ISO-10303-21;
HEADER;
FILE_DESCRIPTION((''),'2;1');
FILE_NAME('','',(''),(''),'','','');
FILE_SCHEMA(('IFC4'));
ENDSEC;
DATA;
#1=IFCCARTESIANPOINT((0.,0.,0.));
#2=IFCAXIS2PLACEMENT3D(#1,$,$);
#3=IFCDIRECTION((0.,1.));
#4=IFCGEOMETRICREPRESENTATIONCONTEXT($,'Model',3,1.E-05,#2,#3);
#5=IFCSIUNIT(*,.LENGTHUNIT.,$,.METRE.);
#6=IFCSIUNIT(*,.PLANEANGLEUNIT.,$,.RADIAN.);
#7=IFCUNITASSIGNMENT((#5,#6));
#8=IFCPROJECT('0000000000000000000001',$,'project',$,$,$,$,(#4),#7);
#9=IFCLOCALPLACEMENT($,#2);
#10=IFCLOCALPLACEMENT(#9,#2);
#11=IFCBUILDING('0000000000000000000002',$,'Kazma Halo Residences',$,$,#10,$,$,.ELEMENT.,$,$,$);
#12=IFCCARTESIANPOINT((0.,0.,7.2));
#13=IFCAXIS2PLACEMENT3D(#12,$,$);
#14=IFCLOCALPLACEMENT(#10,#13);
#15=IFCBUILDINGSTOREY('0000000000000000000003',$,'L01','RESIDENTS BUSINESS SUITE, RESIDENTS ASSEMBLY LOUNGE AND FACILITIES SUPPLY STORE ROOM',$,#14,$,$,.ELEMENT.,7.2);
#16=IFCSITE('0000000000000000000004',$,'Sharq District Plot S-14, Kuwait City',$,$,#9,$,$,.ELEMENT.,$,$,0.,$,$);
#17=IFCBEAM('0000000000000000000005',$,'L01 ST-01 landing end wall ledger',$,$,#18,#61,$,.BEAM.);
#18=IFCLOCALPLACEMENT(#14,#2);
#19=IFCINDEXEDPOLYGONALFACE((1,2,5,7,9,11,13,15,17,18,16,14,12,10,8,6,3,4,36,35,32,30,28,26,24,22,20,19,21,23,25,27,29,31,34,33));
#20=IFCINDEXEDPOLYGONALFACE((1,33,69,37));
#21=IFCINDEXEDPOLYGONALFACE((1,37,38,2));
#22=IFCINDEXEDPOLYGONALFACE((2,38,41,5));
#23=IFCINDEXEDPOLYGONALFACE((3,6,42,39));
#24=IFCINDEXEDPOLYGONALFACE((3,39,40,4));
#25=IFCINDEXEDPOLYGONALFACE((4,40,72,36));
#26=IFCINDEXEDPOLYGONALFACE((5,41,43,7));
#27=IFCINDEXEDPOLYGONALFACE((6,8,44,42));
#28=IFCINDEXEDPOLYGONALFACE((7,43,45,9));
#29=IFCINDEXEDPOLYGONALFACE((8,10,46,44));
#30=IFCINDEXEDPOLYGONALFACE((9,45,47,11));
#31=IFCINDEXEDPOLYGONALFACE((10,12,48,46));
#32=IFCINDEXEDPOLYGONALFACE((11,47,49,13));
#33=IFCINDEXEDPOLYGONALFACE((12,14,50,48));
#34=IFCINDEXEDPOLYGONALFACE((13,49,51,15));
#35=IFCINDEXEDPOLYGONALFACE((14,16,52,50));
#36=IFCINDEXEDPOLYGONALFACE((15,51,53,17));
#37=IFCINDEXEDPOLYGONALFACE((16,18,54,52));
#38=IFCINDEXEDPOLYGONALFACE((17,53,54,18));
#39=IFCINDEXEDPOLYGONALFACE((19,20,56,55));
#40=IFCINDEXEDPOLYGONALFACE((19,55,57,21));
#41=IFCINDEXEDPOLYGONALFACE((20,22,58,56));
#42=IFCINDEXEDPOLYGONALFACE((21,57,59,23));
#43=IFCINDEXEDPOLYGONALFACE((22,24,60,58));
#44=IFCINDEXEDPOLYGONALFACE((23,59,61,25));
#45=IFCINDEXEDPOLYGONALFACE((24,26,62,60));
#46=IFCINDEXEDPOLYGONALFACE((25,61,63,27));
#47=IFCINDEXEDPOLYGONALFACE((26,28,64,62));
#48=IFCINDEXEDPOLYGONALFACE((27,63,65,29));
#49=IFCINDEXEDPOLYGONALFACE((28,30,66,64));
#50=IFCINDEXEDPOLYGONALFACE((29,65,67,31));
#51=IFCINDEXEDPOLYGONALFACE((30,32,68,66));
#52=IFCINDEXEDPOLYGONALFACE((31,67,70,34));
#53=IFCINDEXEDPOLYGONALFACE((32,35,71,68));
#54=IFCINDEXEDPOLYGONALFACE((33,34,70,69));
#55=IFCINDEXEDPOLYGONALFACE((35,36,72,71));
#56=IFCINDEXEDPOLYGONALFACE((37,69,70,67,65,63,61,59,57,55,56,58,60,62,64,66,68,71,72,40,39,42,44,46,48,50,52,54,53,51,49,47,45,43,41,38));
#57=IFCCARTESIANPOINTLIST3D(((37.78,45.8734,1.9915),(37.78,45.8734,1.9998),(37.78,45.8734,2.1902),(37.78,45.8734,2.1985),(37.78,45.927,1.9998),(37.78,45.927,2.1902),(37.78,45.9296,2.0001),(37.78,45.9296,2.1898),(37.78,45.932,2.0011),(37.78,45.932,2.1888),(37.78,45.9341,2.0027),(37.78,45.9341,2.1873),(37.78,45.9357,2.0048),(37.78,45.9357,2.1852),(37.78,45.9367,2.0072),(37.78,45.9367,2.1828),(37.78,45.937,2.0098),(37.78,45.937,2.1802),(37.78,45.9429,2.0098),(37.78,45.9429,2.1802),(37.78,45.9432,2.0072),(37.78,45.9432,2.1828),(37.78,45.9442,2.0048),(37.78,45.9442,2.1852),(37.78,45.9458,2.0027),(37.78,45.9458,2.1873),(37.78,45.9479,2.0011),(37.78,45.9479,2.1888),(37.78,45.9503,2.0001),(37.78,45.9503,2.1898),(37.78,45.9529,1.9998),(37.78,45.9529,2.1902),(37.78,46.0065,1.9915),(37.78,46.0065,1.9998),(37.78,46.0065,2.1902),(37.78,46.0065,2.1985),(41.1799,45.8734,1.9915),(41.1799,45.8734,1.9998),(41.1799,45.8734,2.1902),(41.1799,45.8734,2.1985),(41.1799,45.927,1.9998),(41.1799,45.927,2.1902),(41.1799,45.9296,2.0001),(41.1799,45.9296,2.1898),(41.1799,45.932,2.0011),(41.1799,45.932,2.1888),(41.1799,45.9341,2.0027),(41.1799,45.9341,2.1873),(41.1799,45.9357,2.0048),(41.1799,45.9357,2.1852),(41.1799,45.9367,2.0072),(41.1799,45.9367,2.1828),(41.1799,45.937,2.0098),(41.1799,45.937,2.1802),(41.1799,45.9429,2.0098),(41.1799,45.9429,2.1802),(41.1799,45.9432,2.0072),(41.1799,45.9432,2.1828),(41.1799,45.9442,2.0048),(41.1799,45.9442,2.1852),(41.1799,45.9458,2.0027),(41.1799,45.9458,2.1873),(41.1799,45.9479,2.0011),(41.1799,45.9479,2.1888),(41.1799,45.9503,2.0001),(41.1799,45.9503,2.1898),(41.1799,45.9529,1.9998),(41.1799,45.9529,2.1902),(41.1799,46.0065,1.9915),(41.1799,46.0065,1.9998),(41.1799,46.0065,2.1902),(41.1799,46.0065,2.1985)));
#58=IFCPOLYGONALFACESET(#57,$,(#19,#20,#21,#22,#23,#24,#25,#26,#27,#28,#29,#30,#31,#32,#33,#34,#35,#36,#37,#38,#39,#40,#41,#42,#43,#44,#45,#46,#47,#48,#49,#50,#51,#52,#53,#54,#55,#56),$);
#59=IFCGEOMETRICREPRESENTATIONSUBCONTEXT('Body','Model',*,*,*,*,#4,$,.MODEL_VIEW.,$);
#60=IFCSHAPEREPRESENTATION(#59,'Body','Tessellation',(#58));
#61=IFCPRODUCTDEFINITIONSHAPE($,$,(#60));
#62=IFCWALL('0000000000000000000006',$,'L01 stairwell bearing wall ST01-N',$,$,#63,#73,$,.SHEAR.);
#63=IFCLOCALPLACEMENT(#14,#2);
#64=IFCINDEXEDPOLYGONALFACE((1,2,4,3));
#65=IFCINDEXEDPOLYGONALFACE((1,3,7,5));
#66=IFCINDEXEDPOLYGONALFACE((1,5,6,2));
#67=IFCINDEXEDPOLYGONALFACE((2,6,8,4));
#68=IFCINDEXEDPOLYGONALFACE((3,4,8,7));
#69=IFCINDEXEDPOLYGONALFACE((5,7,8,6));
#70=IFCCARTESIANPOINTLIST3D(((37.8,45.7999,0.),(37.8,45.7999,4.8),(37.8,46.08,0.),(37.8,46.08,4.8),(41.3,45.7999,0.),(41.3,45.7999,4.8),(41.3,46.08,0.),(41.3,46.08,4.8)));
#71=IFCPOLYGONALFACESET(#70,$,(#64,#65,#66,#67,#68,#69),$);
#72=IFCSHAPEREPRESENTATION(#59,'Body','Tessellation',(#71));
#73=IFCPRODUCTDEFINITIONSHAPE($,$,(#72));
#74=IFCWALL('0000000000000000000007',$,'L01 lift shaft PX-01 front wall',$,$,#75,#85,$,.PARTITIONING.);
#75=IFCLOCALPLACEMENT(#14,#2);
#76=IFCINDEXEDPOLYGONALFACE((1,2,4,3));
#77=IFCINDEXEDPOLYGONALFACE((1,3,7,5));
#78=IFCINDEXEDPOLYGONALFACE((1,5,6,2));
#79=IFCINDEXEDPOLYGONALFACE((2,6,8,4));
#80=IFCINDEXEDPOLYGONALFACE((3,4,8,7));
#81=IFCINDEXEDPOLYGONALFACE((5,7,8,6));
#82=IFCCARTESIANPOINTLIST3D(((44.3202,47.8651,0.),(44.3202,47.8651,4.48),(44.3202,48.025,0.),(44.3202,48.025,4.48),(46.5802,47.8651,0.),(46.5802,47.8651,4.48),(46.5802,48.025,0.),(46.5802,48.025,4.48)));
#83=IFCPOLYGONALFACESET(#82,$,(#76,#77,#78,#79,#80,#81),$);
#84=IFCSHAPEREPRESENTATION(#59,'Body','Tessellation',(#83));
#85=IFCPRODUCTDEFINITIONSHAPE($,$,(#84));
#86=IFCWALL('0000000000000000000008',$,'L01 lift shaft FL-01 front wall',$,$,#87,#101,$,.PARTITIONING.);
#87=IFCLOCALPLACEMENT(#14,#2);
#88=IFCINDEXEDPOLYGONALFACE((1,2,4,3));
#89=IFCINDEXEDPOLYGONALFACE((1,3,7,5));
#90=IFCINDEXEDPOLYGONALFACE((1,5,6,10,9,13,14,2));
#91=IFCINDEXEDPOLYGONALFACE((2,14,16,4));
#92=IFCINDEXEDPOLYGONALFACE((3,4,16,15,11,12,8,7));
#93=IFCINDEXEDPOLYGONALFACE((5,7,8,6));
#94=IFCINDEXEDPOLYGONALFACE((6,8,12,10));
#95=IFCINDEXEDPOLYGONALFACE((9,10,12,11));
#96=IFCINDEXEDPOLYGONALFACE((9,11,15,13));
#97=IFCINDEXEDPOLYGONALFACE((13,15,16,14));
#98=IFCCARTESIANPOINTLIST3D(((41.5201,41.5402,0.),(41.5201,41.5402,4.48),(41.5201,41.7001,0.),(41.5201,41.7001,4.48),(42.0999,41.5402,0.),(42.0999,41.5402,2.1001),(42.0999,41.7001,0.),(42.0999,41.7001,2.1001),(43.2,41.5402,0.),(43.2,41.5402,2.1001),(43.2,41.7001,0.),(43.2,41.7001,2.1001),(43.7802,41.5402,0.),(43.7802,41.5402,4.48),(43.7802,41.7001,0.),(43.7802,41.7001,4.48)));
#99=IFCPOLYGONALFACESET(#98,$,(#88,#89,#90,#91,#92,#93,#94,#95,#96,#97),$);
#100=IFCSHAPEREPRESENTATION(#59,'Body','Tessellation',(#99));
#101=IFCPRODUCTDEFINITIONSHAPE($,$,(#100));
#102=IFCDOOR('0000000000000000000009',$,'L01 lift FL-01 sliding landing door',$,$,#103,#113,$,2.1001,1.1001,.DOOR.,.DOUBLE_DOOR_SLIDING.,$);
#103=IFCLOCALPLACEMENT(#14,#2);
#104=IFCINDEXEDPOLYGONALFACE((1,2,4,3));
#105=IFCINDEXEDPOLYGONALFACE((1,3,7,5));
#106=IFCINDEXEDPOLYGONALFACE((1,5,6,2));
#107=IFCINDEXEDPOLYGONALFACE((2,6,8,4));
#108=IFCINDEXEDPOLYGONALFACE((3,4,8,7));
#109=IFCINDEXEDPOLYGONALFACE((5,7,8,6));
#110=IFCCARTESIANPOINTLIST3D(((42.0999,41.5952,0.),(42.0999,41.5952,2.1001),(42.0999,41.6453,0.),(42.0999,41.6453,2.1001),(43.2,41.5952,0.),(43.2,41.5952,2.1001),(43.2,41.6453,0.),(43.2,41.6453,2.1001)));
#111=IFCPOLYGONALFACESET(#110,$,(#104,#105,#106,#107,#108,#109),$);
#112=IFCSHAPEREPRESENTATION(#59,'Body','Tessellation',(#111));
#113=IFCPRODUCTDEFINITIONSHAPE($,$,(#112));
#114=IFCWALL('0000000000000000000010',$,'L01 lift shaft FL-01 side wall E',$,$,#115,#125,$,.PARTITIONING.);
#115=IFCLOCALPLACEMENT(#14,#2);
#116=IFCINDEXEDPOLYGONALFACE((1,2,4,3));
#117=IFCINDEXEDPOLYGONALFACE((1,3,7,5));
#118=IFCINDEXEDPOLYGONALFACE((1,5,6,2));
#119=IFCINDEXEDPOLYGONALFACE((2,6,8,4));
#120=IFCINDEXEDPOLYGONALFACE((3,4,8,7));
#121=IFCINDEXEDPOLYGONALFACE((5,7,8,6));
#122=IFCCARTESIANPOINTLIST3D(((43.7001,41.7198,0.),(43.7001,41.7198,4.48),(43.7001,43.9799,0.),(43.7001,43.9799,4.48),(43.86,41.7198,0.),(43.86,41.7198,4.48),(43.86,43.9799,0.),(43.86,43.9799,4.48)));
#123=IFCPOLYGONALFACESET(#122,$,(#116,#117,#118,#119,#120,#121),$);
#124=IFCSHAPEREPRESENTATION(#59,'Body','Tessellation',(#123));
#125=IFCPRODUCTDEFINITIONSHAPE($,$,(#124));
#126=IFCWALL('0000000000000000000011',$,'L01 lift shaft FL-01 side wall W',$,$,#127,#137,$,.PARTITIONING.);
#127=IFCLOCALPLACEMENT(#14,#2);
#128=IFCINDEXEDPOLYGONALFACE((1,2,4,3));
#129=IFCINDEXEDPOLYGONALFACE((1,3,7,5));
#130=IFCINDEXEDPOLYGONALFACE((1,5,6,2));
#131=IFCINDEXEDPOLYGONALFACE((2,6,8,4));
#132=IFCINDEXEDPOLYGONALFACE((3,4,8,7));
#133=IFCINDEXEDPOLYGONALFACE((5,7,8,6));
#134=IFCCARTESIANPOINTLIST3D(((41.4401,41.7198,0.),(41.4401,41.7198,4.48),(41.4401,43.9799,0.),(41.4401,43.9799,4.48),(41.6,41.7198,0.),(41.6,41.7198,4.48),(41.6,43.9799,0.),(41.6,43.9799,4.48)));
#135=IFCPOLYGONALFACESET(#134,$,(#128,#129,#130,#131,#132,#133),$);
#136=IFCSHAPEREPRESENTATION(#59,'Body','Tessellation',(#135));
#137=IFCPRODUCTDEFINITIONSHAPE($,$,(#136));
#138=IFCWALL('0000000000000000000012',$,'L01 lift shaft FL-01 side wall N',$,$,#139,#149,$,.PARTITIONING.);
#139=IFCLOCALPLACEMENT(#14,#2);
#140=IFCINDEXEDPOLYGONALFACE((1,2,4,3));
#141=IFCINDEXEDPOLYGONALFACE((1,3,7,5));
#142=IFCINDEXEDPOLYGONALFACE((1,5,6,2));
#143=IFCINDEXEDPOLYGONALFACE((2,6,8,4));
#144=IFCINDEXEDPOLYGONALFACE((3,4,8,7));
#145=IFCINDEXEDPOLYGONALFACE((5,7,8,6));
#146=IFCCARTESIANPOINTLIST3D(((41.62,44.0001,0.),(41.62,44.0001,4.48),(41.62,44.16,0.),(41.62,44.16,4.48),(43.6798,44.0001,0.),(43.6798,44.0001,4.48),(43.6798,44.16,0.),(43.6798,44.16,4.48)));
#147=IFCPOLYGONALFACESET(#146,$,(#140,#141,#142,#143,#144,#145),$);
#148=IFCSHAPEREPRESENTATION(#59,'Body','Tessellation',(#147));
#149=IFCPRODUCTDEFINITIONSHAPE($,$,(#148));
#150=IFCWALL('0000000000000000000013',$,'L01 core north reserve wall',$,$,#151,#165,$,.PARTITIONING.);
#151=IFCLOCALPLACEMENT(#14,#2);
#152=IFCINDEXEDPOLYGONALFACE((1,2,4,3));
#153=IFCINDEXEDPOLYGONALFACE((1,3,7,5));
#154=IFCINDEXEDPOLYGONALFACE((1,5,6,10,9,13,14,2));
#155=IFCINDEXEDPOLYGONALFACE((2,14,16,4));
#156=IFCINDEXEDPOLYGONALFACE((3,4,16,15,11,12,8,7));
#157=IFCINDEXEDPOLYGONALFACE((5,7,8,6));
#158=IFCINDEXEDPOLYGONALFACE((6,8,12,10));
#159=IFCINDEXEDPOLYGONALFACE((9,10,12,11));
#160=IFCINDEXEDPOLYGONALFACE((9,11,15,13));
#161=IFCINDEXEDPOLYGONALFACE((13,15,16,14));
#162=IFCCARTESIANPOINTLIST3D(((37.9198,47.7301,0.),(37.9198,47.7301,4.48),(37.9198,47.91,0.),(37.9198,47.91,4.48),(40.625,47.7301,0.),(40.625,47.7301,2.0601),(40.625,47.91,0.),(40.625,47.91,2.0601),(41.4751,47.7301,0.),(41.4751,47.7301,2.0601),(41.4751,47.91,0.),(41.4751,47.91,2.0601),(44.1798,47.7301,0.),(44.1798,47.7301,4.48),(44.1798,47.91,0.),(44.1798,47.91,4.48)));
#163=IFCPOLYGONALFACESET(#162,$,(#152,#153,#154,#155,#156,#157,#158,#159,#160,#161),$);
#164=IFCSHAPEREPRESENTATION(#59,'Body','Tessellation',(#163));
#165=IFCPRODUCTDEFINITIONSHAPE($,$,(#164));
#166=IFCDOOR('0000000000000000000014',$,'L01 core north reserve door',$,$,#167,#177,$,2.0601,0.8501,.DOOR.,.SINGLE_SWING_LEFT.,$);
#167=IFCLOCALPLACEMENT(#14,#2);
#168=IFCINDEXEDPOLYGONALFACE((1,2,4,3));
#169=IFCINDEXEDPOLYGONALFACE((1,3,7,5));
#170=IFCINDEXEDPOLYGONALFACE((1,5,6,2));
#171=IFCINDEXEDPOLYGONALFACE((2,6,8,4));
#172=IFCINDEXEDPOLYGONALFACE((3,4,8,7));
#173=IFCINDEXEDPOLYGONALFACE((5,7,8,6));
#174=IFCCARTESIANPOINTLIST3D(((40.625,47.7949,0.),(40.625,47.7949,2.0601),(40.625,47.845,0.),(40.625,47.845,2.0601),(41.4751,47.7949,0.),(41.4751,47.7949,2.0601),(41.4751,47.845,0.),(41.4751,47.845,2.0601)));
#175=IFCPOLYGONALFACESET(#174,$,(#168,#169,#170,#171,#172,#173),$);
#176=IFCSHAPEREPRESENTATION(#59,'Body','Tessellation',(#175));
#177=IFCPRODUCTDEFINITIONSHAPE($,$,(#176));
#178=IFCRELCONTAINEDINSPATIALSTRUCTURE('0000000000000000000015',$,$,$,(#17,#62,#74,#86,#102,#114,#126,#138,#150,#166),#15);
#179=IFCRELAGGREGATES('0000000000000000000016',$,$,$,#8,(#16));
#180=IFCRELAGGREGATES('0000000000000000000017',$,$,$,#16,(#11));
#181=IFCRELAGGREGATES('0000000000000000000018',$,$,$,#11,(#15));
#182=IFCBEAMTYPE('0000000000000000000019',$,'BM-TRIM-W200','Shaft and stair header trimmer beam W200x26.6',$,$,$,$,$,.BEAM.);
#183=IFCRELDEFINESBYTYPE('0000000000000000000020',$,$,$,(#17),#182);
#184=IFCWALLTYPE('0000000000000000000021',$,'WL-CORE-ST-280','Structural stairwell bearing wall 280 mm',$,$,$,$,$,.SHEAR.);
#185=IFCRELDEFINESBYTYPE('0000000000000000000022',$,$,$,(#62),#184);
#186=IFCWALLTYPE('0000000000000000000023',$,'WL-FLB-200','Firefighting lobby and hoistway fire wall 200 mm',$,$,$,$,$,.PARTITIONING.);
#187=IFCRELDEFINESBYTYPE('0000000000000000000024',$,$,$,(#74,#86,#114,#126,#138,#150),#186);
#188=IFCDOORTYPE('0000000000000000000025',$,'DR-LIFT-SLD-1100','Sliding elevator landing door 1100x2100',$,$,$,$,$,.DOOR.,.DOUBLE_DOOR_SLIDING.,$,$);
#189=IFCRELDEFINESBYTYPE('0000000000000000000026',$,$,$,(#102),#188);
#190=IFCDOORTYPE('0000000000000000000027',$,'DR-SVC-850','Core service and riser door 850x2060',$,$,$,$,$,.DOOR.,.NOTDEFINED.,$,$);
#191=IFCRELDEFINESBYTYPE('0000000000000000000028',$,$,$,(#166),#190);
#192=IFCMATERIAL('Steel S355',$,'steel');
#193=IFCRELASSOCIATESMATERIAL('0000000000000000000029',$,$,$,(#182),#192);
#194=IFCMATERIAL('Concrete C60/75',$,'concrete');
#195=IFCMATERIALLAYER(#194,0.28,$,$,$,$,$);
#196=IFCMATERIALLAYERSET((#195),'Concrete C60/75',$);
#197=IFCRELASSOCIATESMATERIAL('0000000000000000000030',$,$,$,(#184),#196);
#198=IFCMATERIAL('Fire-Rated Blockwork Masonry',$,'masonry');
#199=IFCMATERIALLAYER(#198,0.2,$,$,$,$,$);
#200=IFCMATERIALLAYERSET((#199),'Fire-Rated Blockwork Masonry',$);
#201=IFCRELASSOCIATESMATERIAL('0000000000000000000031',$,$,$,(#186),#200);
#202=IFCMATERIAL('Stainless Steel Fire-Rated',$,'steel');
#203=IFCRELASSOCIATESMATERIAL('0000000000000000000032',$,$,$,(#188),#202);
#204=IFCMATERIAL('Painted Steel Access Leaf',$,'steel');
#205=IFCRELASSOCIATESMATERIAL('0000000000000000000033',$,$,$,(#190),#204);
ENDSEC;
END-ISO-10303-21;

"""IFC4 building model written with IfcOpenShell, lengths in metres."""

from ifc_helpers import new_model, si_unit, direction, frame, frame_2d, origin, origin_2d, place, context, subcontext, project, spatial, rectangle, i_section, extrude, material, layer, layer_set, material_profile, profile_set, type_object, element, fill, save


model = new_model("IFC4")

# Units and contexts
model_context = context("Model", 3, precision=1e-05, world=origin(), true_north=direction((0.0, 1.0)))
body_context = subcontext(model_context, "Body", "Model", "MODEL_VIEW")
ifc_project = project(units=[si_unit("LENGTHUNIT", "METRE"), si_unit("PLANEANGLEUNIT", "RADIAN")], contexts=[model_context])

# Site, building, storey
site_placement = place(None, origin())
site = spatial("IfcSite", under=ifc_project, at=site_placement, Name="Sharq District Plot S-14, Kuwait City", CompositionType="ELEMENT", RefElevation=0.0)
building_placement = place(site_placement, origin())
building = spatial("IfcBuilding", under=site, at=building_placement, Name="Kazma Halo Residences", CompositionType="ELEMENT")
storey_placement = place(building_placement, frame((0.0, 0.0, 7.2)))
storey = spatial("IfcBuildingStorey", under=building, at=storey_placement, Name="L01", Description="RESIDENTS BUSINESS SUITE, RESIDENTS ASSEMBLY LOUNGE AND FACILITIES SUPPLY STORE ROOM", CompositionType="ELEMENT", Elevation=7.2)

# Shared definitions
ifc_material_1 = material(Name="Steel S355", Category="steel")

# Beam
ifc_material_profile_1 = material_profile(ifc_material_1, i_section(OverallWidth=0.1331, OverallDepth=0.207, WebThickness=0.0059, FlangeThickness=0.0083, FilletRadius=0.01, at=origin_2d()), Name="W200x26.6")
ifc_profile_set_1 = profile_set([ifc_material_profile_1], Name="Steel S355")
beam_type_1 = type_object("IfcBeamType", Name="BM-TRIM-W200", Description="Shaft and stair header trimmer beam W200x26.6", PredefinedType="BEAM", material=ifc_profile_set_1)
beam_1_placement = place(storey_placement, frame((37.78, 45.9399, 2.095), z_axis=(1.0, 0.0, 0.0), x_axis=(0.0, 1.0, 0.0)))
element("IfcBeam", 1, at=beam_1_placement, inside=storey, type_object=beam_type_1, Name="L01 ST-01 landing end wall ledger", PredefinedType="BEAM", context=body_context, shape_type="SweptSolid", body=[
    extrude(i_section(OverallWidth=0.1331, OverallDepth=0.207, WebThickness=0.0059, FlangeThickness=0.0083, FilletRadius=0.01, at=origin_2d()), origin(), (0.0, 0.0, 1.0), 3.3999),
])

# Walls
ifc_material_2 = material(Name="Concrete C60/75", Category="concrete")
ifc_layer_1 = layer(ifc_material_2, 0.28)
ifc_layer_set_1 = layer_set([ifc_layer_1], Name="Concrete C60/75")
wall_type_1 = type_object("IfcWallType", Name="WL-CORE-ST-280", Description="Structural stairwell bearing wall 280 mm", PredefinedType="SHEAR", material=ifc_layer_set_1)
wall_1_placement = place(storey_placement, frame((37.8, 45.9399, 0.0), z_axis=(0.0, 0.0, 1.0), x_axis=(1.0, 0.0, 0.0)))
element("IfcWall", 2, at=wall_1_placement, inside=storey, type_object=wall_type_1, Name="L01 stairwell bearing wall ST01-N", PredefinedType="SHEAR", context=body_context, shape_type="SweptSolid", body=[
    extrude(rectangle(XDim=3.5, YDim=0.28, at=frame_2d((1.75, 0.0))), origin(), (0.0, 0.0, 1.0), 4.8),
])
ifc_material_3 = material(Name="Fire-Rated Blockwork Masonry", Category="masonry")
ifc_layer_2 = layer(ifc_material_3, 0.2)
ifc_layer_set_2 = layer_set([ifc_layer_2], Name="Fire-Rated Blockwork Masonry")
wall_type_2 = type_object("IfcWallType", Name="WL-FLB-200", Description="Firefighting lobby and hoistway fire wall 200 mm", PredefinedType="PARTITIONING", material=ifc_layer_set_2)
wall_2_placement = place(storey_placement, frame((46.5801, 47.9451, 0.0), z_axis=(0.0, 0.0, 1.0), x_axis=(-1.0, 0.0, 0.0)))
element("IfcWall", 3, at=wall_2_placement, inside=storey, type_object=wall_type_2, Name="L01 lift shaft PX-01 front wall", PredefinedType="PARTITIONING", context=body_context, shape_type="SweptSolid", body=[
    extrude(rectangle(XDim=2.26, YDim=0.1599, at=frame_2d((1.1299, 0.0))), origin(), (0.0, 0.0, 1.0), 4.48),
])

# Wall, opening, door
wall_3_placement = place(storey_placement, frame((43.78, 41.6201, 0.0), z_axis=(0.0, 0.0, 1.0), x_axis=(-1.0, 0.0, 0.0)))
wall_3 = element("IfcWall", 4, at=wall_3_placement, inside=storey, type_object=wall_type_2, Name="L01 lift shaft FL-01 front wall", PredefinedType="PARTITIONING", context=body_context, shape_type="SweptSolid", body=[
    extrude(rectangle(XDim=2.26, YDim=0.1599, at=frame_2d((1.1299, 0.0))), origin(), (0.0, 0.0, 1.0), 4.48),
])
opening_1_placement = place(wall_3_placement, frame((0.5801, 0.0, 0.0)))
opening_1 = element("IfcOpeningElement", 5, at=opening_1_placement, cuts=wall_3, PredefinedType="OPENING", context=body_context, shape_type="SweptSolid", body=[
    extrude(rectangle(XDim=1.1001, YDim=2.1001, at=frame_2d((0.55, 1.05))), frame((0.0, 0.0898, 0.0), z_axis=(0.0, -1.0, 0.0), x_axis=(1.0, 0.0, 0.0)), (0.0, 0.0, 1.0), 0.1799),
])
ifc_material_4 = material(Name="Stainless Steel Fire-Rated", Category="steel")
door_type_1 = type_object("IfcDoorType", Name="DR-LIFT-SLD-1100", Description="Sliding elevator landing door 1100x2100", OperationType="DOUBLE_DOOR_SLIDING", PredefinedType="DOOR", material=ifc_material_4)
door_1_placement = place(opening_1_placement, origin())
door_1 = element("IfcDoor", 6, at=door_1_placement, inside=storey, type_object=door_type_1, Name="L01 lift FL-01 sliding landing door", OperationType="DOUBLE_DOOR_SLIDING", OverallHeight=2.1001, OverallWidth=1.1001, PredefinedType="DOOR", context=body_context, shape_type="SweptSolid", body=[
    extrude(rectangle(XDim=1.1001, YDim=2.1001, at=frame_2d((0.55, 1.05))), frame((0.0, 0.0249, 0.0), z_axis=(0.0, -1.0, 0.0), x_axis=(1.0, 0.0, 0.0)), (0.0, 0.0, 1.0), 0.05),
])
fill(opening_1, door_1)

# Walls
for number, where, z_axis, x_axis, name in (
    (7, (43.78, 41.72, 0.0), (0.0, 0.0, 1.0), (0.0, 1.0, 0.0), "L01 lift shaft FL-01 side wall E"),
    (8, (41.52, 41.72, 0.0), (0.0, 0.0, 1.0), (0.0, 1.0, 0.0), "L01 lift shaft FL-01 side wall W"),
):
    element("IfcWall", number, at=place(storey_placement, frame(where, z_axis=z_axis, x_axis=x_axis)), inside=storey, type_object=wall_type_2, Name=name, PredefinedType="PARTITIONING", context=body_context, shape_type="SweptSolid", body=[
        extrude(rectangle(XDim=2.26, YDim=0.1599, at=frame_2d((1.1299, 0.0))), origin(), (0.0, 0.0, 1.0), 4.48),
    ])
wall_4_placement = place(storey_placement, frame((41.6201, 44.0801, 0.0), z_axis=(0.0, 0.0, 1.0), x_axis=(1.0, 0.0, 0.0)))
element("IfcWall", 9, at=wall_4_placement, inside=storey, type_object=wall_type_2, Name="L01 lift shaft FL-01 side wall N", PredefinedType="PARTITIONING", context=body_context, shape_type="SweptSolid", body=[
    extrude(rectangle(XDim=2.0598, YDim=0.1599, at=frame_2d((1.0298, 0.0))), origin(), (0.0, 0.0, 1.0), 4.48),
])

# Wall, opening, door
wall_5_placement = place(storey_placement, frame((37.9199, 47.8201, 0.0), z_axis=(0.0, 0.0, 1.0), x_axis=(1.0, 0.0, 0.0)))
wall_5 = element("IfcWall", 10, at=wall_5_placement, inside=storey, type_object=wall_type_2, Name="L01 core north reserve wall", PredefinedType="PARTITIONING", context=body_context, shape_type="SweptSolid", body=[
    extrude(rectangle(XDim=6.26, YDim=0.1799, at=frame_2d((3.1299, 0.0))), origin(), (0.0, 0.0, 1.0), 4.48),
])
opening_2_placement = place(wall_5_placement, frame((2.7051, 0.0, 0.0)))
opening_2 = element("IfcOpeningElement", 11, at=opening_2_placement, cuts=wall_5, PredefinedType="OPENING", context=body_context, shape_type="SweptSolid", body=[
    extrude(rectangle(XDim=0.8501, YDim=2.0601, at=frame_2d((0.425, 1.03))), frame((0.0, 0.0999, 0.0), z_axis=(0.0, -1.0, 0.0), x_axis=(1.0, 0.0, 0.0)), (0.0, 0.0, 1.0), 0.2),
])
ifc_material_5 = material(Name="Painted Steel Access Leaf", Category="steel")
door_type_2 = type_object("IfcDoorType", Name="DR-SVC-850", Description="Core service and riser door 850x2060", OperationType="NOTDEFINED", PredefinedType="DOOR", material=ifc_material_5)
door_2_placement = place(opening_2_placement, origin())
door_2 = element("IfcDoor", 12, at=door_2_placement, inside=storey, type_object=door_type_2, Name="L01 core north reserve door", OperationType="SINGLE_SWING_LEFT", OverallHeight=2.0601, OverallWidth=0.8501, PredefinedType="DOOR", context=body_context, shape_type="SweptSolid", body=[
    extrude(rectangle(XDim=0.8501, YDim=2.0601, at=frame_2d((0.425, 1.03))), frame((0.0, 0.0249, 0.0), z_axis=(0.0, -1.0, 0.0), x_axis=(1.0, 0.0, 0.0)), (0.0, 0.0, 1.0), 0.05),
])
fill(opening_2, door_2)

save(model, "model.ifc")
